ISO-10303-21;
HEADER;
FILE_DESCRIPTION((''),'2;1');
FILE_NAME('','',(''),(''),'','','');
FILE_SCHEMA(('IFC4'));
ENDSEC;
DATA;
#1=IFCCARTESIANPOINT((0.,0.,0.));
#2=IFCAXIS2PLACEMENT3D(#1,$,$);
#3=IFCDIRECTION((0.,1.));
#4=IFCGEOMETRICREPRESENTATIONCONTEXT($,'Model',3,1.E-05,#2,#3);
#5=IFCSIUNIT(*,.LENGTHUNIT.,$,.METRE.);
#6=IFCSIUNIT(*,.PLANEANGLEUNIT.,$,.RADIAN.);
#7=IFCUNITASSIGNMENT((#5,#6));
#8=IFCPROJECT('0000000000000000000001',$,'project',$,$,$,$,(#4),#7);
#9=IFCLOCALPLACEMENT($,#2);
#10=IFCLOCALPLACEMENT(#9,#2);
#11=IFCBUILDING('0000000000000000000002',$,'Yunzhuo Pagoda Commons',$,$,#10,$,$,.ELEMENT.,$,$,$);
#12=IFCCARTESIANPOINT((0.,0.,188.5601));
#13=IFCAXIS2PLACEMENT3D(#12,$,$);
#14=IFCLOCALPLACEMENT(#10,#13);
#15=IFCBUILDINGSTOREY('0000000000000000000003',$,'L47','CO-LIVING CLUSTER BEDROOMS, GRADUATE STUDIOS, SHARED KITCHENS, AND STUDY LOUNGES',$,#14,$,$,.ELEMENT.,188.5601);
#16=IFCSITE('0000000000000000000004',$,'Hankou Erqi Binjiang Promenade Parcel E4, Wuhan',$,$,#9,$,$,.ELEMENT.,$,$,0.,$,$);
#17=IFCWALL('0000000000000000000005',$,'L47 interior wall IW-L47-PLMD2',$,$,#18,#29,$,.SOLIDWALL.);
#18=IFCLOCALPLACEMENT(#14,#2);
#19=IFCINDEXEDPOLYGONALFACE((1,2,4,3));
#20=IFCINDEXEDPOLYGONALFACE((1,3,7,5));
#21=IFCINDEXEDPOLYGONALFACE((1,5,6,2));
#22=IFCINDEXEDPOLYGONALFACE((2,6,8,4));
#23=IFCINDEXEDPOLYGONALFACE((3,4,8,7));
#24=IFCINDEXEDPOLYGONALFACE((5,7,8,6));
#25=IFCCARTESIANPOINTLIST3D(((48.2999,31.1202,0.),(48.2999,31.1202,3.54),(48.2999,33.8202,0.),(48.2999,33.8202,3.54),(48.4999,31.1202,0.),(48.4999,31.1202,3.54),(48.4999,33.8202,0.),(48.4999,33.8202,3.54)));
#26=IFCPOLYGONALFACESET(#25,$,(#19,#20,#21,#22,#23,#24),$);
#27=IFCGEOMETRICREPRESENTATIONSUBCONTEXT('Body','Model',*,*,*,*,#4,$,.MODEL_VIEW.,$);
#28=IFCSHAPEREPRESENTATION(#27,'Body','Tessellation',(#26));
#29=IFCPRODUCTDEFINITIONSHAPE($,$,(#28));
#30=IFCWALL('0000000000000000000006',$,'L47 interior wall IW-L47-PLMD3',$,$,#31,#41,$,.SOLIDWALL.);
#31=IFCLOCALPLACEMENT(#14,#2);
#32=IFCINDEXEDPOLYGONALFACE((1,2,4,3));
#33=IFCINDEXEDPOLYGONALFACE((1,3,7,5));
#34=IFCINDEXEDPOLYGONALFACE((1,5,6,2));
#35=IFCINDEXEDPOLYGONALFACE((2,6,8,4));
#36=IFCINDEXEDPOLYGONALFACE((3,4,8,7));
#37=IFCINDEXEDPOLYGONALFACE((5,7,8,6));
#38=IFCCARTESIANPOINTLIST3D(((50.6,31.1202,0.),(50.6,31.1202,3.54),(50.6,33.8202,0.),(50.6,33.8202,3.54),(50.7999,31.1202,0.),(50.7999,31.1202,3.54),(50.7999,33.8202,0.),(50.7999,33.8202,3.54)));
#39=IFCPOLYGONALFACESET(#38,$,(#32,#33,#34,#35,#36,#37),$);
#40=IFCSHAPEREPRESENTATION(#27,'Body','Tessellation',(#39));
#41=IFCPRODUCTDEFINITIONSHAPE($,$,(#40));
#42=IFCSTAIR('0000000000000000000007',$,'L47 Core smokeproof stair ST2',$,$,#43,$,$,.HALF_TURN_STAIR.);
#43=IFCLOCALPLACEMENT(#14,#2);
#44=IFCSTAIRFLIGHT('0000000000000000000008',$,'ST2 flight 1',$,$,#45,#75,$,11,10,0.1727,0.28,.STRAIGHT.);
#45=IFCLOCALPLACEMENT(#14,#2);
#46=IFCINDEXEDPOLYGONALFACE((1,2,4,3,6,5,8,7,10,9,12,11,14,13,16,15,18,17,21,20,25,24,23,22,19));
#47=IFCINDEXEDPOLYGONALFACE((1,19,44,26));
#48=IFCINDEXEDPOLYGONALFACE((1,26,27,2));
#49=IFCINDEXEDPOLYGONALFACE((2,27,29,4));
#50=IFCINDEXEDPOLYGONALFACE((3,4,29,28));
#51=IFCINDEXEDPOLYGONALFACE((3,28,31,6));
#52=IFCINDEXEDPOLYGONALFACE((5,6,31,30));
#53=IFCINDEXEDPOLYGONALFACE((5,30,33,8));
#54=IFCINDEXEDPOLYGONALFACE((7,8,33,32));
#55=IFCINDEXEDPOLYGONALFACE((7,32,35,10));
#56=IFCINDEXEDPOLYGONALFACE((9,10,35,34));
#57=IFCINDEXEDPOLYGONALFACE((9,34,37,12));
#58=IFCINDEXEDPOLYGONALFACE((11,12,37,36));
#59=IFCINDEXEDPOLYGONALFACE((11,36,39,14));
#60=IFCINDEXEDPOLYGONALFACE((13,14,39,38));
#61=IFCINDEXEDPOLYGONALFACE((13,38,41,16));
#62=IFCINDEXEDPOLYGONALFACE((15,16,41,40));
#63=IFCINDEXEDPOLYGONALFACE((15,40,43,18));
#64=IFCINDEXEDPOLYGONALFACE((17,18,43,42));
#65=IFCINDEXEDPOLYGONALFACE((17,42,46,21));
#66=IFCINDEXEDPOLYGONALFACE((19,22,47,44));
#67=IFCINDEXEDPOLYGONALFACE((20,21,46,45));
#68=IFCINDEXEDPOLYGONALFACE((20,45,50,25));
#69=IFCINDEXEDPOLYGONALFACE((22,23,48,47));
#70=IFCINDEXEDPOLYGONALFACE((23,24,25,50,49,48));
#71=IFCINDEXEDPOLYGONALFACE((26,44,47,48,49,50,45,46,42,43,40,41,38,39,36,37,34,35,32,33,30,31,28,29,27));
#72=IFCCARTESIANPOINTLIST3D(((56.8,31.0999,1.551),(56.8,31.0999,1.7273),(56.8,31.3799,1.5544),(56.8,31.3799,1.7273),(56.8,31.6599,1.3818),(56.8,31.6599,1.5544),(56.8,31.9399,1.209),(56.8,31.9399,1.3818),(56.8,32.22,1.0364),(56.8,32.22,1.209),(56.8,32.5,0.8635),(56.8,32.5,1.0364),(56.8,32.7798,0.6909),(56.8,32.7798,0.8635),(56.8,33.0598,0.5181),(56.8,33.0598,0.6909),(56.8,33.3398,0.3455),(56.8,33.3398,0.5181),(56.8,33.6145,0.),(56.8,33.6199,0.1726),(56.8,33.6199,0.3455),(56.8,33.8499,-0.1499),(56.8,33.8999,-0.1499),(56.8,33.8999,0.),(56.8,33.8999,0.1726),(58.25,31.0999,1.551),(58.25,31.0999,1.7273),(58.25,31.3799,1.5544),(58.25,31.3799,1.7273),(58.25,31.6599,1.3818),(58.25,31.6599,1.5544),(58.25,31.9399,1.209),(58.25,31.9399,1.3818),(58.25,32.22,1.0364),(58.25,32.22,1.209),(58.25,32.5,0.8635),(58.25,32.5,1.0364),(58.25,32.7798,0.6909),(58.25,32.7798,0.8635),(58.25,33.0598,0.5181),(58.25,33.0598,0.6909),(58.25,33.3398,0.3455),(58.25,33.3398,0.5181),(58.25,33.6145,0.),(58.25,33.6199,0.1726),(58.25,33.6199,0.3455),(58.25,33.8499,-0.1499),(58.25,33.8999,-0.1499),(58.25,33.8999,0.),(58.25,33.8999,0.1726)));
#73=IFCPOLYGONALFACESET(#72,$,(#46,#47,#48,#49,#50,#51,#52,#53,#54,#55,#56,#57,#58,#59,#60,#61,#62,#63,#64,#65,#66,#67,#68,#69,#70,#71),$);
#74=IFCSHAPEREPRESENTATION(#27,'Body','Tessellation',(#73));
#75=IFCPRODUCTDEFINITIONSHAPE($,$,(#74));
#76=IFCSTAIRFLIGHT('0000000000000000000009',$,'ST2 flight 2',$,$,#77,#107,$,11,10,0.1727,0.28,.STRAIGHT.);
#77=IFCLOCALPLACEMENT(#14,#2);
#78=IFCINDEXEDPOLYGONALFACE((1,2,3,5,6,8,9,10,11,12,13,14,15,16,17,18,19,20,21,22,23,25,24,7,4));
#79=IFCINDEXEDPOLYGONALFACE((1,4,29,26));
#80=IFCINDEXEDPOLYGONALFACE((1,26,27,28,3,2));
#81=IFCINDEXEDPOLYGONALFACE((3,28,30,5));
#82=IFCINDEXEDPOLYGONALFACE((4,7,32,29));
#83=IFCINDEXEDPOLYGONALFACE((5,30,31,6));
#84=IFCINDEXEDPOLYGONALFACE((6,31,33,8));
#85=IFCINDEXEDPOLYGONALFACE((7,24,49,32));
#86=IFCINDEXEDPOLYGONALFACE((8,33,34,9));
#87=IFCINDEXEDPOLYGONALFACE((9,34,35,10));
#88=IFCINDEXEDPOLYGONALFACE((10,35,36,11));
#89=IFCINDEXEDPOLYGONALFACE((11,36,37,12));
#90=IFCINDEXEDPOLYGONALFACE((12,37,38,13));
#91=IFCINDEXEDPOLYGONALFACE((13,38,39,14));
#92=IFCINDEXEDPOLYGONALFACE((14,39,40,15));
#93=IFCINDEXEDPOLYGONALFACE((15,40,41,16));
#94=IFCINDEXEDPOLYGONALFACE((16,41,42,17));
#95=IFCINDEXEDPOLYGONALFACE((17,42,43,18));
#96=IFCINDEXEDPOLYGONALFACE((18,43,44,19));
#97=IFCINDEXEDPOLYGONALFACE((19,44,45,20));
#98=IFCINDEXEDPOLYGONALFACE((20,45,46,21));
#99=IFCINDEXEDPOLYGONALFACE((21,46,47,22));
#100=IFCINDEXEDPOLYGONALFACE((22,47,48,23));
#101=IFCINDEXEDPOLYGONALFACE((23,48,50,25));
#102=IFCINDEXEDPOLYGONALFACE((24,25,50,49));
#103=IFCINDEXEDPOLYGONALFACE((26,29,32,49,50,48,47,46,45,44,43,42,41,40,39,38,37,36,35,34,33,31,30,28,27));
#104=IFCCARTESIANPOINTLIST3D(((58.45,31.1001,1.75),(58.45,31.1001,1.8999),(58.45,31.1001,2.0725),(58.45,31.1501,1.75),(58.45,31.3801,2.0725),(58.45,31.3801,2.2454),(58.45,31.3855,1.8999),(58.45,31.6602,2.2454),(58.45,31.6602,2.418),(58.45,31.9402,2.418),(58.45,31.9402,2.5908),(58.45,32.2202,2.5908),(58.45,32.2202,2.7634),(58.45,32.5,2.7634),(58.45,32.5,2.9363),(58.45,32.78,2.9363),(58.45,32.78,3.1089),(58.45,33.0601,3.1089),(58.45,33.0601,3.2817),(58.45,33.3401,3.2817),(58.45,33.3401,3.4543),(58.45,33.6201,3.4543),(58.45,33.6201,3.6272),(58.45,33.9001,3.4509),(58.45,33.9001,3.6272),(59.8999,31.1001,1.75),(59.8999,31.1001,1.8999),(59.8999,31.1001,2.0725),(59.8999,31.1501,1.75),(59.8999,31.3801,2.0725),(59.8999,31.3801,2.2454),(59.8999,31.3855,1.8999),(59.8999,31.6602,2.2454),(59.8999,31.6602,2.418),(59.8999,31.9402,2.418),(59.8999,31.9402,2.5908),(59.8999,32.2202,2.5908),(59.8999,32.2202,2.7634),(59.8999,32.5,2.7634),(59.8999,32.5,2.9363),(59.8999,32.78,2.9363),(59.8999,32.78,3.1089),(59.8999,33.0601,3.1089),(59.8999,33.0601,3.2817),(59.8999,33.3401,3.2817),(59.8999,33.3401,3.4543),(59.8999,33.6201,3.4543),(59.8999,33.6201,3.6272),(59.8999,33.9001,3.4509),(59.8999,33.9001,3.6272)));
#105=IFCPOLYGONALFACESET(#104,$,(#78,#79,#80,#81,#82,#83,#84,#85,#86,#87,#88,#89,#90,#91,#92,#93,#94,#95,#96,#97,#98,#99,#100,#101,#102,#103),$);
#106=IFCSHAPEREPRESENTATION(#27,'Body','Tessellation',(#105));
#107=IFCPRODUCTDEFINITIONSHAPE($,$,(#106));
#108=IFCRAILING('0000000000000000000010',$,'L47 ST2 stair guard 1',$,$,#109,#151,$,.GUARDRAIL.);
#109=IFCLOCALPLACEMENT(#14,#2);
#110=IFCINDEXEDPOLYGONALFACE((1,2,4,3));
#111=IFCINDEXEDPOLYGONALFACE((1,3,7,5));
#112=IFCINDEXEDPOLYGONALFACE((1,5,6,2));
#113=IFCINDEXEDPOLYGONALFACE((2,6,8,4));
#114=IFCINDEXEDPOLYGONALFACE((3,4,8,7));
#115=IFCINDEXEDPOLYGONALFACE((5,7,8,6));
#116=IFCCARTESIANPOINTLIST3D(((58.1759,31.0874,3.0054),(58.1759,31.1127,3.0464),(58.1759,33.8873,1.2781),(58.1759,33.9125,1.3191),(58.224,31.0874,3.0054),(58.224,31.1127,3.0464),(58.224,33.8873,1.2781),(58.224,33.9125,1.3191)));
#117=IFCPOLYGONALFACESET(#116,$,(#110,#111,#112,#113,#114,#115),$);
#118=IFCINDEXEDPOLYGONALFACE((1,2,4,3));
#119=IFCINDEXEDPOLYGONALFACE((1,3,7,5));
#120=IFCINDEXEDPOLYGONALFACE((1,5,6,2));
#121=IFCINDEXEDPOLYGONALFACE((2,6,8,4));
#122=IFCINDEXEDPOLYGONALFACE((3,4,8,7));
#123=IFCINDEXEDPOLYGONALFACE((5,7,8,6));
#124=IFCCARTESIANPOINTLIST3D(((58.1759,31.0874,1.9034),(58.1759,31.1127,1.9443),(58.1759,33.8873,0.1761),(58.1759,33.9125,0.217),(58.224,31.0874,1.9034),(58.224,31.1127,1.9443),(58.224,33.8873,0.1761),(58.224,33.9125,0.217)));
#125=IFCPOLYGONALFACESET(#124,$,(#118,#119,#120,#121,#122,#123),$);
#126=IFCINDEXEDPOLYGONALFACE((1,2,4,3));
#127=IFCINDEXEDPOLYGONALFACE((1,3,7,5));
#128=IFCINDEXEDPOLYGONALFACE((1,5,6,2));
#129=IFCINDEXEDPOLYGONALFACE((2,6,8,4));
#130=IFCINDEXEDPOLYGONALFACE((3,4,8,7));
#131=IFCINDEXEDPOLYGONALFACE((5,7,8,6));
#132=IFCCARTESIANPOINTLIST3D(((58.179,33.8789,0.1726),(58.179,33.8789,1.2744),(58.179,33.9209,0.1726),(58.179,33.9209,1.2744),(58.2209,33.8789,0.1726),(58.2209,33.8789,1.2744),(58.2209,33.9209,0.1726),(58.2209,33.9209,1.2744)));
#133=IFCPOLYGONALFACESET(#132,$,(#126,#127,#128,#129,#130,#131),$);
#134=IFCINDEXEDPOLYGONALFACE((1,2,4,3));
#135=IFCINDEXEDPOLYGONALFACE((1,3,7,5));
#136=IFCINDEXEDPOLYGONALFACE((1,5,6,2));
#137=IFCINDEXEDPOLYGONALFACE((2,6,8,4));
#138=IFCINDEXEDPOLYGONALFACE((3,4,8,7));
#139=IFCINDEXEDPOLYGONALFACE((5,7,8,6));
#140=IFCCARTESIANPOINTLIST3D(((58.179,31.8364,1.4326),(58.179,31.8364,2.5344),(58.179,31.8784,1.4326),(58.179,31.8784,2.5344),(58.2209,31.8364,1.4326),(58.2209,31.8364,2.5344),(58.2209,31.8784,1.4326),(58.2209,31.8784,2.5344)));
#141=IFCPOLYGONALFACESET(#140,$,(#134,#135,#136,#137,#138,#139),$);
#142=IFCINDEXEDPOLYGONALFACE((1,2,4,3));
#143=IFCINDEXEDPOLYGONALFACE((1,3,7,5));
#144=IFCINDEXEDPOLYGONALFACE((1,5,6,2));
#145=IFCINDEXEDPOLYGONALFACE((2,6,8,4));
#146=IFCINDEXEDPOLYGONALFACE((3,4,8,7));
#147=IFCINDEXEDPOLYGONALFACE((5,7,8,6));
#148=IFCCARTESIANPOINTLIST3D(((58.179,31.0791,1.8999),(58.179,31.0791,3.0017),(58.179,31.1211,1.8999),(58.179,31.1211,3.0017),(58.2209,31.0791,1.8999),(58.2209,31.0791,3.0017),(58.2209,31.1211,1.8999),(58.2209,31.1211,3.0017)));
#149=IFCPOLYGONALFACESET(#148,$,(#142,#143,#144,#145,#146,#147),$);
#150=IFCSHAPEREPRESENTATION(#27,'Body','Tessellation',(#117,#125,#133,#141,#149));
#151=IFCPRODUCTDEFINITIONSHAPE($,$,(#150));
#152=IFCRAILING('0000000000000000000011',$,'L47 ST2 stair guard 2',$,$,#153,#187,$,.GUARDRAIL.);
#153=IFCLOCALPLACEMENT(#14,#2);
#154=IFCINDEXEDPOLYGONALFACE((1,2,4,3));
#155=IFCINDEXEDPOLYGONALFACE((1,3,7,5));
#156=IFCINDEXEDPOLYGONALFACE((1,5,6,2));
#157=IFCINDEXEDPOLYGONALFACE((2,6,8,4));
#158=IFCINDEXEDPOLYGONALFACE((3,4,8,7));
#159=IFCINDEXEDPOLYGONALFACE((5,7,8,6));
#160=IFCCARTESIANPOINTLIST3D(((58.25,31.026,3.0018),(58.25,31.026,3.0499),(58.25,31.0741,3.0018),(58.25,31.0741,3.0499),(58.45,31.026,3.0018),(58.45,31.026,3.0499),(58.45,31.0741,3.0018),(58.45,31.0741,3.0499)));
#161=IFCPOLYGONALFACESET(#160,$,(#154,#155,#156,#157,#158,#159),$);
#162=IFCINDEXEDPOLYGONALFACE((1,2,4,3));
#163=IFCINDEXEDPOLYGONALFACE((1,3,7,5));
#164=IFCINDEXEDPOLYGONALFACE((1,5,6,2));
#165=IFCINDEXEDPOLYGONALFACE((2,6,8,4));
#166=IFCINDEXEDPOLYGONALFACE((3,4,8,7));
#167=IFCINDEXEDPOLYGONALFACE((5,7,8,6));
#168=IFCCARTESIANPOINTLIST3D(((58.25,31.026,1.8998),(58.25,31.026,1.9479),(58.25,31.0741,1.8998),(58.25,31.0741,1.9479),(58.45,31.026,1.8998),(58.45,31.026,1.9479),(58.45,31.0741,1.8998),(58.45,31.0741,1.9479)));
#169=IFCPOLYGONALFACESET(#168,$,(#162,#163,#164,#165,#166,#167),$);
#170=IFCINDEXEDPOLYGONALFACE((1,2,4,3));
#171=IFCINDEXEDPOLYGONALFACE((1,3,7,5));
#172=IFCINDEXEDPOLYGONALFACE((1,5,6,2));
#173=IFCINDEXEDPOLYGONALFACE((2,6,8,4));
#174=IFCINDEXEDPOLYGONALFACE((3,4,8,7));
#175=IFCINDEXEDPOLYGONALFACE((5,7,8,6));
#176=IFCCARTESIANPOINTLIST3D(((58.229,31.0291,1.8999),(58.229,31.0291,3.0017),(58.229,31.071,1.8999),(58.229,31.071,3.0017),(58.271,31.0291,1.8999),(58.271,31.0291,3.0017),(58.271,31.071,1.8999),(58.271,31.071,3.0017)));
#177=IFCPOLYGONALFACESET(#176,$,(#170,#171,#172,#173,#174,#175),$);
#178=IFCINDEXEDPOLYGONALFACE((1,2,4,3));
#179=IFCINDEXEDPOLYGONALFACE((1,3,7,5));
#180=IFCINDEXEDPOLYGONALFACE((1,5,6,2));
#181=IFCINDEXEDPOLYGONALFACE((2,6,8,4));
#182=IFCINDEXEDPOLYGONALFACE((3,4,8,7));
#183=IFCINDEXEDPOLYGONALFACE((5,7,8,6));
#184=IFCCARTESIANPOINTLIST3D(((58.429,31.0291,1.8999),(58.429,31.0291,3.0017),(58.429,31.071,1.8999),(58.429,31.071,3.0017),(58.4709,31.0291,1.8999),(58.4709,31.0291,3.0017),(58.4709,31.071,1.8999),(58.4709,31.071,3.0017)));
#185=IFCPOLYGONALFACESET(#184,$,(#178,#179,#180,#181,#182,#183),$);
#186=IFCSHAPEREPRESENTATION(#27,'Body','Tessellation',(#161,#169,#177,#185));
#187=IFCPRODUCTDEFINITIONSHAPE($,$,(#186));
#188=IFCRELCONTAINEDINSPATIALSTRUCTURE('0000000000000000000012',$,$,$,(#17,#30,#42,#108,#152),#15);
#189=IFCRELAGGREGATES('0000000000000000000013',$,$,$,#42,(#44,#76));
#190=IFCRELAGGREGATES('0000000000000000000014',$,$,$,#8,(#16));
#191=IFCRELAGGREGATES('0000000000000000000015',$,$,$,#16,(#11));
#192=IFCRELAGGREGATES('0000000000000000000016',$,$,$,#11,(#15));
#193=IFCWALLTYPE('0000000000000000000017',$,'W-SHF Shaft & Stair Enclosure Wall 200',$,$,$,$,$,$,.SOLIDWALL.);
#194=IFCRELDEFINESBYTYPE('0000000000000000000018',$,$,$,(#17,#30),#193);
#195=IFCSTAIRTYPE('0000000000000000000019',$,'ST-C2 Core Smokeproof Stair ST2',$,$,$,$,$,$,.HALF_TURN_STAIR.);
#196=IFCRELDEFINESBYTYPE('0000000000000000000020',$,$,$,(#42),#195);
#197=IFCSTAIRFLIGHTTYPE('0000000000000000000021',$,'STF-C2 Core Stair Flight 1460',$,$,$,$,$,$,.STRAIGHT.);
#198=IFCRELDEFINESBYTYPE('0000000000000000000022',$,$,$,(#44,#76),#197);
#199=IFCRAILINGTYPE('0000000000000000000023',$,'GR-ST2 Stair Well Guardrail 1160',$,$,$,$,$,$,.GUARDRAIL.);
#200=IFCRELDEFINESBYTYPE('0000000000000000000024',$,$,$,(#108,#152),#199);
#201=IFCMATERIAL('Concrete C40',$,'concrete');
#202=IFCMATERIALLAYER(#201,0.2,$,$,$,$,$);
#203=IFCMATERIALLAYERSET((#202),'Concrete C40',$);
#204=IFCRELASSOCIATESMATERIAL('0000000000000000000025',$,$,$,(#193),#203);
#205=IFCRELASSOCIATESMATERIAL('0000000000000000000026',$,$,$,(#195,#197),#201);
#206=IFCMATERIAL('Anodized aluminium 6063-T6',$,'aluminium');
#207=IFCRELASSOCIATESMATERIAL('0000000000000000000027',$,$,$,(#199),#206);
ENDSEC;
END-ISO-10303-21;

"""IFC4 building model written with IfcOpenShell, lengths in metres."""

from ifc_helpers import new_model, si_unit, direction, frame, frame_2d, origin, origin_2d, place, context, subcontext, project, spatial, polyline, rectangle, outline, extrude, source, transform, mapped, material, layer, layer_set, type_object, element, aggregate, save


model = new_model("IFC4")

# Units and contexts
model_context = context("Model", 3, precision=1e-05, world=origin(), true_north=direction((0.0, 1.0)))
body_context = subcontext(model_context, "Body", "Model", "MODEL_VIEW")
ifc_project = project(units=[si_unit("LENGTHUNIT", "METRE"), si_unit("PLANEANGLEUNIT", "RADIAN")], contexts=[model_context])

# Site, building, storey
site_placement = place(None, origin())
site = spatial("IfcSite", under=ifc_project, at=site_placement, Name="Hankou Erqi Binjiang Promenade Parcel E4, Wuhan", CompositionType="ELEMENT", RefElevation=0.0)
building_placement = place(site_placement, origin())
building = spatial("IfcBuilding", under=site, at=building_placement, Name="Yunzhuo Pagoda Commons", CompositionType="ELEMENT")
storey_placement = place(building_placement, frame((0.0, 0.0, 188.5601)))
storey = spatial("IfcBuildingStorey", under=building, at=storey_placement, Name="L47", Description="CO-LIVING CLUSTER BEDROOMS, GRADUATE STUDIOS, SHARED KITCHENS, AND STUDY LOUNGES", CompositionType="ELEMENT", Elevation=188.5601)

# Shared definitions
ifc_material_1 = material(Name="Concrete C40", Category="concrete")
ifc_layer_1 = layer(ifc_material_1, 0.2)
ifc_layer_set_1 = layer_set([ifc_layer_1], Name="Concrete C40")
wall_type_1 = type_object("IfcWallType", Name="W-SHF Shaft & Stair Enclosure Wall 200", PredefinedType="SOLIDWALL", material=ifc_layer_set_1)

# Walls
for number, where, z_axis, x_axis, name in (
    (1, (48.3999, 31.1201, 0.0), (0.0, 0.0, 1.0), (0.0, 1.0, 0.0), "L47 interior wall IW-L47-PLMD2"),
    (2, (50.7, 31.1201, 0.0), (0.0, 0.0, 1.0), (0.0, 1.0, 0.0), "L47 interior wall IW-L47-PLMD3"),
):
    element("IfcWall", number, at=place(storey_placement, frame(where, z_axis=z_axis, x_axis=x_axis)), inside=storey, type_object=wall_type_1, Name=name, PredefinedType="SOLIDWALL", context=body_context, shape_type="SweptSolid", body=[
        extrude(rectangle(XDim=2.7, YDim=0.2, at=frame_2d((1.3501, 0.0))), origin(), (0.0, 0.0, 1.0), 3.54),
    ])

# Stair, stair flights
stair_type = type_object("IfcStairType", Name="ST-C2 Core Smokeproof Stair ST2", PredefinedType="HALF_TURN_STAIR", material=ifc_material_1)
stair_placement = place(storey_placement, origin())
stair = element("IfcStair", 3, at=stair_placement, inside=storey, type_object=stair_type, Name="L47 Core smokeproof stair ST2", PredefinedType="HALF_TURN_STAIR")
stair_flight_type = type_object("IfcStairFlightType", Name="STF-C2 Core Stair Flight 1460", PredefinedType="STRAIGHT", material=ifc_material_1)
shared_shape_1 = source(origin(), body_context, "Body", "SweptSolid", [
    extrude(outline(polyline([(0.0, -0.1499), (0.0, 0.0), (0.0, 0.1726), (0.28, 0.1726), (0.28, 0.3455), (0.5601, 0.3455), (0.5601, 0.5181), (0.8401, 0.5181), (0.8401, 0.6909), (1.1201, 0.6909), (1.1201, 0.8635), (1.3999, 0.8635), (1.3999, 1.0364), (1.6799, 1.0364), (1.6799, 1.209), (1.96, 1.209), (1.96, 1.3818), (2.24, 1.3818), (2.24, 1.5544), (2.52, 1.5544), (2.52, 1.7273), (2.8, 1.7273), (2.8, 1.8999), (2.8, 1.551), (0.2854, 0.0), (0.05, -0.1499), (0.0, -0.1499)])), frame((0.0, 0.7251, 0.0), z_axis=(0.0, -1.0, 0.0), x_axis=(1.0, 0.0, 0.0)), (0.0, 0.0, 1.0), 1.45),
])
stair_flight_1_placement = place(storey_placement, frame((57.5249, 33.8999, 0.0), z_axis=(0.0, 0.0, 1.0), x_axis=(0.0, -1.0, 0.0)))
stair_flight_1 = element("IfcStairFlight", 4, at=stair_flight_1_placement, type_object=stair_flight_type, Name="ST2 flight 1", NumberOfRisers=11, NumberOfTreads=10, PredefinedType="STRAIGHT", RiserHeight=0.1727, TreadLength=0.28, context=body_context, shape_type="MappedRepresentation", body=[
    mapped(shared_shape_1, transform((0.0, 0.0, 0.0), scale=1.0)),
])
stair_flight_2_placement = place(storey_placement, frame((59.175, 31.1001, 1.8999), z_axis=(0.0, 0.0, 1.0), x_axis=(0.0, 1.0, 0.0)))
stair_flight_2 = element("IfcStairFlight", 5, at=stair_flight_2_placement, type_object=stair_flight_type, Name="ST2 flight 2", NumberOfRisers=11, NumberOfTreads=10, PredefinedType="STRAIGHT", RiserHeight=0.1727, TreadLength=0.28, context=body_context, shape_type="MappedRepresentation", body=[
    mapped(shared_shape_1, transform((0.0, 0.0, 0.0), scale=1.0)),
])
aggregate(stair, [stair_flight_1, stair_flight_2])

# Railings
ifc_material_2 = material(Name="Anodized aluminium 6063-T6", Category="aluminium")
railing_type_1 = type_object("IfcRailingType", Name="GR-ST2 Stair Well Guardrail 1160", PredefinedType="GUARDRAIL", material=ifc_material_2)
railing_1_placement = place(storey_placement, frame((58.2, 33.8999, 0.1726)))
element("IfcRailing", 6, at=railing_1_placement, inside=storey, type_object=railing_type_1, Name="L47 ST2 stair guard 1", PredefinedType="GUARDRAIL", context=body_context, shape_type="SweptSolid", body=[
    extrude(rectangle(XDim=0.0481, YDim=0.0481, at=origin_2d()), frame((0.0, 0.0, 1.126), z_axis=(0.0, -0.851069, 0.525054), x_axis=(1.0, 0.0, 0.0)), (0.0, 0.0, 1.0), 3.2898),
    extrude(rectangle(XDim=0.0481, YDim=0.0481, at=origin_2d()), frame((0.0, 0.0, 0.0239), z_axis=(0.0, -0.851069, 0.525054), x_axis=(1.0, 0.0, 0.0)), (0.0, 0.0, 1.0), 3.2898),
    extrude(rectangle(XDim=0.042, YDim=0.042, at=origin_2d()), origin(), (0.0, 0.0, 1.0), 1.1018),
    extrude(rectangle(XDim=0.042, YDim=0.042, at=origin_2d()), frame((0.0, -2.0425, 1.26)), (0.0, 0.0, 1.0), 1.1018),
    extrude(rectangle(XDim=0.042, YDim=0.042, at=origin_2d()), frame((0.0, -2.7998, 1.7273)), (0.0, 0.0, 1.0), 1.1018),
])
railing_2_placement = place(storey_placement, frame((58.25, 31.05, 1.8999)))
element("IfcRailing", 7, at=railing_2_placement, inside=storey, type_object=railing_type_1, Name="L47 ST2 stair guard 2", PredefinedType="GUARDRAIL", context=body_context, shape_type="SweptSolid", body=[
    extrude(rectangle(XDim=0.0481, YDim=0.0481, at=origin_2d()), frame((0.0, 0.0, 1.126), z_axis=(1.0, 0.0, 0.0), x_axis=(0.0, 1.0, 0.0)), (0.0, 0.0, 1.0), 0.2),
    extrude(rectangle(XDim=0.0481, YDim=0.0481, at=origin_2d()), frame((0.0, 0.0, 0.0239), z_axis=(1.0, 0.0, 0.0), x_axis=(0.0, 1.0, 0.0)), (0.0, 0.0, 1.0), 0.2),
    extrude(rectangle(XDim=0.042, YDim=0.042, at=origin_2d()), origin(), (0.0, 0.0, 1.0), 1.1018),
    extrude(rectangle(XDim=0.042, YDim=0.042, at=origin_2d()), frame((0.2, 0.0, 0.0)), (0.0, 0.0, 1.0), 1.1018),
])

save(model, "model.ifc")
